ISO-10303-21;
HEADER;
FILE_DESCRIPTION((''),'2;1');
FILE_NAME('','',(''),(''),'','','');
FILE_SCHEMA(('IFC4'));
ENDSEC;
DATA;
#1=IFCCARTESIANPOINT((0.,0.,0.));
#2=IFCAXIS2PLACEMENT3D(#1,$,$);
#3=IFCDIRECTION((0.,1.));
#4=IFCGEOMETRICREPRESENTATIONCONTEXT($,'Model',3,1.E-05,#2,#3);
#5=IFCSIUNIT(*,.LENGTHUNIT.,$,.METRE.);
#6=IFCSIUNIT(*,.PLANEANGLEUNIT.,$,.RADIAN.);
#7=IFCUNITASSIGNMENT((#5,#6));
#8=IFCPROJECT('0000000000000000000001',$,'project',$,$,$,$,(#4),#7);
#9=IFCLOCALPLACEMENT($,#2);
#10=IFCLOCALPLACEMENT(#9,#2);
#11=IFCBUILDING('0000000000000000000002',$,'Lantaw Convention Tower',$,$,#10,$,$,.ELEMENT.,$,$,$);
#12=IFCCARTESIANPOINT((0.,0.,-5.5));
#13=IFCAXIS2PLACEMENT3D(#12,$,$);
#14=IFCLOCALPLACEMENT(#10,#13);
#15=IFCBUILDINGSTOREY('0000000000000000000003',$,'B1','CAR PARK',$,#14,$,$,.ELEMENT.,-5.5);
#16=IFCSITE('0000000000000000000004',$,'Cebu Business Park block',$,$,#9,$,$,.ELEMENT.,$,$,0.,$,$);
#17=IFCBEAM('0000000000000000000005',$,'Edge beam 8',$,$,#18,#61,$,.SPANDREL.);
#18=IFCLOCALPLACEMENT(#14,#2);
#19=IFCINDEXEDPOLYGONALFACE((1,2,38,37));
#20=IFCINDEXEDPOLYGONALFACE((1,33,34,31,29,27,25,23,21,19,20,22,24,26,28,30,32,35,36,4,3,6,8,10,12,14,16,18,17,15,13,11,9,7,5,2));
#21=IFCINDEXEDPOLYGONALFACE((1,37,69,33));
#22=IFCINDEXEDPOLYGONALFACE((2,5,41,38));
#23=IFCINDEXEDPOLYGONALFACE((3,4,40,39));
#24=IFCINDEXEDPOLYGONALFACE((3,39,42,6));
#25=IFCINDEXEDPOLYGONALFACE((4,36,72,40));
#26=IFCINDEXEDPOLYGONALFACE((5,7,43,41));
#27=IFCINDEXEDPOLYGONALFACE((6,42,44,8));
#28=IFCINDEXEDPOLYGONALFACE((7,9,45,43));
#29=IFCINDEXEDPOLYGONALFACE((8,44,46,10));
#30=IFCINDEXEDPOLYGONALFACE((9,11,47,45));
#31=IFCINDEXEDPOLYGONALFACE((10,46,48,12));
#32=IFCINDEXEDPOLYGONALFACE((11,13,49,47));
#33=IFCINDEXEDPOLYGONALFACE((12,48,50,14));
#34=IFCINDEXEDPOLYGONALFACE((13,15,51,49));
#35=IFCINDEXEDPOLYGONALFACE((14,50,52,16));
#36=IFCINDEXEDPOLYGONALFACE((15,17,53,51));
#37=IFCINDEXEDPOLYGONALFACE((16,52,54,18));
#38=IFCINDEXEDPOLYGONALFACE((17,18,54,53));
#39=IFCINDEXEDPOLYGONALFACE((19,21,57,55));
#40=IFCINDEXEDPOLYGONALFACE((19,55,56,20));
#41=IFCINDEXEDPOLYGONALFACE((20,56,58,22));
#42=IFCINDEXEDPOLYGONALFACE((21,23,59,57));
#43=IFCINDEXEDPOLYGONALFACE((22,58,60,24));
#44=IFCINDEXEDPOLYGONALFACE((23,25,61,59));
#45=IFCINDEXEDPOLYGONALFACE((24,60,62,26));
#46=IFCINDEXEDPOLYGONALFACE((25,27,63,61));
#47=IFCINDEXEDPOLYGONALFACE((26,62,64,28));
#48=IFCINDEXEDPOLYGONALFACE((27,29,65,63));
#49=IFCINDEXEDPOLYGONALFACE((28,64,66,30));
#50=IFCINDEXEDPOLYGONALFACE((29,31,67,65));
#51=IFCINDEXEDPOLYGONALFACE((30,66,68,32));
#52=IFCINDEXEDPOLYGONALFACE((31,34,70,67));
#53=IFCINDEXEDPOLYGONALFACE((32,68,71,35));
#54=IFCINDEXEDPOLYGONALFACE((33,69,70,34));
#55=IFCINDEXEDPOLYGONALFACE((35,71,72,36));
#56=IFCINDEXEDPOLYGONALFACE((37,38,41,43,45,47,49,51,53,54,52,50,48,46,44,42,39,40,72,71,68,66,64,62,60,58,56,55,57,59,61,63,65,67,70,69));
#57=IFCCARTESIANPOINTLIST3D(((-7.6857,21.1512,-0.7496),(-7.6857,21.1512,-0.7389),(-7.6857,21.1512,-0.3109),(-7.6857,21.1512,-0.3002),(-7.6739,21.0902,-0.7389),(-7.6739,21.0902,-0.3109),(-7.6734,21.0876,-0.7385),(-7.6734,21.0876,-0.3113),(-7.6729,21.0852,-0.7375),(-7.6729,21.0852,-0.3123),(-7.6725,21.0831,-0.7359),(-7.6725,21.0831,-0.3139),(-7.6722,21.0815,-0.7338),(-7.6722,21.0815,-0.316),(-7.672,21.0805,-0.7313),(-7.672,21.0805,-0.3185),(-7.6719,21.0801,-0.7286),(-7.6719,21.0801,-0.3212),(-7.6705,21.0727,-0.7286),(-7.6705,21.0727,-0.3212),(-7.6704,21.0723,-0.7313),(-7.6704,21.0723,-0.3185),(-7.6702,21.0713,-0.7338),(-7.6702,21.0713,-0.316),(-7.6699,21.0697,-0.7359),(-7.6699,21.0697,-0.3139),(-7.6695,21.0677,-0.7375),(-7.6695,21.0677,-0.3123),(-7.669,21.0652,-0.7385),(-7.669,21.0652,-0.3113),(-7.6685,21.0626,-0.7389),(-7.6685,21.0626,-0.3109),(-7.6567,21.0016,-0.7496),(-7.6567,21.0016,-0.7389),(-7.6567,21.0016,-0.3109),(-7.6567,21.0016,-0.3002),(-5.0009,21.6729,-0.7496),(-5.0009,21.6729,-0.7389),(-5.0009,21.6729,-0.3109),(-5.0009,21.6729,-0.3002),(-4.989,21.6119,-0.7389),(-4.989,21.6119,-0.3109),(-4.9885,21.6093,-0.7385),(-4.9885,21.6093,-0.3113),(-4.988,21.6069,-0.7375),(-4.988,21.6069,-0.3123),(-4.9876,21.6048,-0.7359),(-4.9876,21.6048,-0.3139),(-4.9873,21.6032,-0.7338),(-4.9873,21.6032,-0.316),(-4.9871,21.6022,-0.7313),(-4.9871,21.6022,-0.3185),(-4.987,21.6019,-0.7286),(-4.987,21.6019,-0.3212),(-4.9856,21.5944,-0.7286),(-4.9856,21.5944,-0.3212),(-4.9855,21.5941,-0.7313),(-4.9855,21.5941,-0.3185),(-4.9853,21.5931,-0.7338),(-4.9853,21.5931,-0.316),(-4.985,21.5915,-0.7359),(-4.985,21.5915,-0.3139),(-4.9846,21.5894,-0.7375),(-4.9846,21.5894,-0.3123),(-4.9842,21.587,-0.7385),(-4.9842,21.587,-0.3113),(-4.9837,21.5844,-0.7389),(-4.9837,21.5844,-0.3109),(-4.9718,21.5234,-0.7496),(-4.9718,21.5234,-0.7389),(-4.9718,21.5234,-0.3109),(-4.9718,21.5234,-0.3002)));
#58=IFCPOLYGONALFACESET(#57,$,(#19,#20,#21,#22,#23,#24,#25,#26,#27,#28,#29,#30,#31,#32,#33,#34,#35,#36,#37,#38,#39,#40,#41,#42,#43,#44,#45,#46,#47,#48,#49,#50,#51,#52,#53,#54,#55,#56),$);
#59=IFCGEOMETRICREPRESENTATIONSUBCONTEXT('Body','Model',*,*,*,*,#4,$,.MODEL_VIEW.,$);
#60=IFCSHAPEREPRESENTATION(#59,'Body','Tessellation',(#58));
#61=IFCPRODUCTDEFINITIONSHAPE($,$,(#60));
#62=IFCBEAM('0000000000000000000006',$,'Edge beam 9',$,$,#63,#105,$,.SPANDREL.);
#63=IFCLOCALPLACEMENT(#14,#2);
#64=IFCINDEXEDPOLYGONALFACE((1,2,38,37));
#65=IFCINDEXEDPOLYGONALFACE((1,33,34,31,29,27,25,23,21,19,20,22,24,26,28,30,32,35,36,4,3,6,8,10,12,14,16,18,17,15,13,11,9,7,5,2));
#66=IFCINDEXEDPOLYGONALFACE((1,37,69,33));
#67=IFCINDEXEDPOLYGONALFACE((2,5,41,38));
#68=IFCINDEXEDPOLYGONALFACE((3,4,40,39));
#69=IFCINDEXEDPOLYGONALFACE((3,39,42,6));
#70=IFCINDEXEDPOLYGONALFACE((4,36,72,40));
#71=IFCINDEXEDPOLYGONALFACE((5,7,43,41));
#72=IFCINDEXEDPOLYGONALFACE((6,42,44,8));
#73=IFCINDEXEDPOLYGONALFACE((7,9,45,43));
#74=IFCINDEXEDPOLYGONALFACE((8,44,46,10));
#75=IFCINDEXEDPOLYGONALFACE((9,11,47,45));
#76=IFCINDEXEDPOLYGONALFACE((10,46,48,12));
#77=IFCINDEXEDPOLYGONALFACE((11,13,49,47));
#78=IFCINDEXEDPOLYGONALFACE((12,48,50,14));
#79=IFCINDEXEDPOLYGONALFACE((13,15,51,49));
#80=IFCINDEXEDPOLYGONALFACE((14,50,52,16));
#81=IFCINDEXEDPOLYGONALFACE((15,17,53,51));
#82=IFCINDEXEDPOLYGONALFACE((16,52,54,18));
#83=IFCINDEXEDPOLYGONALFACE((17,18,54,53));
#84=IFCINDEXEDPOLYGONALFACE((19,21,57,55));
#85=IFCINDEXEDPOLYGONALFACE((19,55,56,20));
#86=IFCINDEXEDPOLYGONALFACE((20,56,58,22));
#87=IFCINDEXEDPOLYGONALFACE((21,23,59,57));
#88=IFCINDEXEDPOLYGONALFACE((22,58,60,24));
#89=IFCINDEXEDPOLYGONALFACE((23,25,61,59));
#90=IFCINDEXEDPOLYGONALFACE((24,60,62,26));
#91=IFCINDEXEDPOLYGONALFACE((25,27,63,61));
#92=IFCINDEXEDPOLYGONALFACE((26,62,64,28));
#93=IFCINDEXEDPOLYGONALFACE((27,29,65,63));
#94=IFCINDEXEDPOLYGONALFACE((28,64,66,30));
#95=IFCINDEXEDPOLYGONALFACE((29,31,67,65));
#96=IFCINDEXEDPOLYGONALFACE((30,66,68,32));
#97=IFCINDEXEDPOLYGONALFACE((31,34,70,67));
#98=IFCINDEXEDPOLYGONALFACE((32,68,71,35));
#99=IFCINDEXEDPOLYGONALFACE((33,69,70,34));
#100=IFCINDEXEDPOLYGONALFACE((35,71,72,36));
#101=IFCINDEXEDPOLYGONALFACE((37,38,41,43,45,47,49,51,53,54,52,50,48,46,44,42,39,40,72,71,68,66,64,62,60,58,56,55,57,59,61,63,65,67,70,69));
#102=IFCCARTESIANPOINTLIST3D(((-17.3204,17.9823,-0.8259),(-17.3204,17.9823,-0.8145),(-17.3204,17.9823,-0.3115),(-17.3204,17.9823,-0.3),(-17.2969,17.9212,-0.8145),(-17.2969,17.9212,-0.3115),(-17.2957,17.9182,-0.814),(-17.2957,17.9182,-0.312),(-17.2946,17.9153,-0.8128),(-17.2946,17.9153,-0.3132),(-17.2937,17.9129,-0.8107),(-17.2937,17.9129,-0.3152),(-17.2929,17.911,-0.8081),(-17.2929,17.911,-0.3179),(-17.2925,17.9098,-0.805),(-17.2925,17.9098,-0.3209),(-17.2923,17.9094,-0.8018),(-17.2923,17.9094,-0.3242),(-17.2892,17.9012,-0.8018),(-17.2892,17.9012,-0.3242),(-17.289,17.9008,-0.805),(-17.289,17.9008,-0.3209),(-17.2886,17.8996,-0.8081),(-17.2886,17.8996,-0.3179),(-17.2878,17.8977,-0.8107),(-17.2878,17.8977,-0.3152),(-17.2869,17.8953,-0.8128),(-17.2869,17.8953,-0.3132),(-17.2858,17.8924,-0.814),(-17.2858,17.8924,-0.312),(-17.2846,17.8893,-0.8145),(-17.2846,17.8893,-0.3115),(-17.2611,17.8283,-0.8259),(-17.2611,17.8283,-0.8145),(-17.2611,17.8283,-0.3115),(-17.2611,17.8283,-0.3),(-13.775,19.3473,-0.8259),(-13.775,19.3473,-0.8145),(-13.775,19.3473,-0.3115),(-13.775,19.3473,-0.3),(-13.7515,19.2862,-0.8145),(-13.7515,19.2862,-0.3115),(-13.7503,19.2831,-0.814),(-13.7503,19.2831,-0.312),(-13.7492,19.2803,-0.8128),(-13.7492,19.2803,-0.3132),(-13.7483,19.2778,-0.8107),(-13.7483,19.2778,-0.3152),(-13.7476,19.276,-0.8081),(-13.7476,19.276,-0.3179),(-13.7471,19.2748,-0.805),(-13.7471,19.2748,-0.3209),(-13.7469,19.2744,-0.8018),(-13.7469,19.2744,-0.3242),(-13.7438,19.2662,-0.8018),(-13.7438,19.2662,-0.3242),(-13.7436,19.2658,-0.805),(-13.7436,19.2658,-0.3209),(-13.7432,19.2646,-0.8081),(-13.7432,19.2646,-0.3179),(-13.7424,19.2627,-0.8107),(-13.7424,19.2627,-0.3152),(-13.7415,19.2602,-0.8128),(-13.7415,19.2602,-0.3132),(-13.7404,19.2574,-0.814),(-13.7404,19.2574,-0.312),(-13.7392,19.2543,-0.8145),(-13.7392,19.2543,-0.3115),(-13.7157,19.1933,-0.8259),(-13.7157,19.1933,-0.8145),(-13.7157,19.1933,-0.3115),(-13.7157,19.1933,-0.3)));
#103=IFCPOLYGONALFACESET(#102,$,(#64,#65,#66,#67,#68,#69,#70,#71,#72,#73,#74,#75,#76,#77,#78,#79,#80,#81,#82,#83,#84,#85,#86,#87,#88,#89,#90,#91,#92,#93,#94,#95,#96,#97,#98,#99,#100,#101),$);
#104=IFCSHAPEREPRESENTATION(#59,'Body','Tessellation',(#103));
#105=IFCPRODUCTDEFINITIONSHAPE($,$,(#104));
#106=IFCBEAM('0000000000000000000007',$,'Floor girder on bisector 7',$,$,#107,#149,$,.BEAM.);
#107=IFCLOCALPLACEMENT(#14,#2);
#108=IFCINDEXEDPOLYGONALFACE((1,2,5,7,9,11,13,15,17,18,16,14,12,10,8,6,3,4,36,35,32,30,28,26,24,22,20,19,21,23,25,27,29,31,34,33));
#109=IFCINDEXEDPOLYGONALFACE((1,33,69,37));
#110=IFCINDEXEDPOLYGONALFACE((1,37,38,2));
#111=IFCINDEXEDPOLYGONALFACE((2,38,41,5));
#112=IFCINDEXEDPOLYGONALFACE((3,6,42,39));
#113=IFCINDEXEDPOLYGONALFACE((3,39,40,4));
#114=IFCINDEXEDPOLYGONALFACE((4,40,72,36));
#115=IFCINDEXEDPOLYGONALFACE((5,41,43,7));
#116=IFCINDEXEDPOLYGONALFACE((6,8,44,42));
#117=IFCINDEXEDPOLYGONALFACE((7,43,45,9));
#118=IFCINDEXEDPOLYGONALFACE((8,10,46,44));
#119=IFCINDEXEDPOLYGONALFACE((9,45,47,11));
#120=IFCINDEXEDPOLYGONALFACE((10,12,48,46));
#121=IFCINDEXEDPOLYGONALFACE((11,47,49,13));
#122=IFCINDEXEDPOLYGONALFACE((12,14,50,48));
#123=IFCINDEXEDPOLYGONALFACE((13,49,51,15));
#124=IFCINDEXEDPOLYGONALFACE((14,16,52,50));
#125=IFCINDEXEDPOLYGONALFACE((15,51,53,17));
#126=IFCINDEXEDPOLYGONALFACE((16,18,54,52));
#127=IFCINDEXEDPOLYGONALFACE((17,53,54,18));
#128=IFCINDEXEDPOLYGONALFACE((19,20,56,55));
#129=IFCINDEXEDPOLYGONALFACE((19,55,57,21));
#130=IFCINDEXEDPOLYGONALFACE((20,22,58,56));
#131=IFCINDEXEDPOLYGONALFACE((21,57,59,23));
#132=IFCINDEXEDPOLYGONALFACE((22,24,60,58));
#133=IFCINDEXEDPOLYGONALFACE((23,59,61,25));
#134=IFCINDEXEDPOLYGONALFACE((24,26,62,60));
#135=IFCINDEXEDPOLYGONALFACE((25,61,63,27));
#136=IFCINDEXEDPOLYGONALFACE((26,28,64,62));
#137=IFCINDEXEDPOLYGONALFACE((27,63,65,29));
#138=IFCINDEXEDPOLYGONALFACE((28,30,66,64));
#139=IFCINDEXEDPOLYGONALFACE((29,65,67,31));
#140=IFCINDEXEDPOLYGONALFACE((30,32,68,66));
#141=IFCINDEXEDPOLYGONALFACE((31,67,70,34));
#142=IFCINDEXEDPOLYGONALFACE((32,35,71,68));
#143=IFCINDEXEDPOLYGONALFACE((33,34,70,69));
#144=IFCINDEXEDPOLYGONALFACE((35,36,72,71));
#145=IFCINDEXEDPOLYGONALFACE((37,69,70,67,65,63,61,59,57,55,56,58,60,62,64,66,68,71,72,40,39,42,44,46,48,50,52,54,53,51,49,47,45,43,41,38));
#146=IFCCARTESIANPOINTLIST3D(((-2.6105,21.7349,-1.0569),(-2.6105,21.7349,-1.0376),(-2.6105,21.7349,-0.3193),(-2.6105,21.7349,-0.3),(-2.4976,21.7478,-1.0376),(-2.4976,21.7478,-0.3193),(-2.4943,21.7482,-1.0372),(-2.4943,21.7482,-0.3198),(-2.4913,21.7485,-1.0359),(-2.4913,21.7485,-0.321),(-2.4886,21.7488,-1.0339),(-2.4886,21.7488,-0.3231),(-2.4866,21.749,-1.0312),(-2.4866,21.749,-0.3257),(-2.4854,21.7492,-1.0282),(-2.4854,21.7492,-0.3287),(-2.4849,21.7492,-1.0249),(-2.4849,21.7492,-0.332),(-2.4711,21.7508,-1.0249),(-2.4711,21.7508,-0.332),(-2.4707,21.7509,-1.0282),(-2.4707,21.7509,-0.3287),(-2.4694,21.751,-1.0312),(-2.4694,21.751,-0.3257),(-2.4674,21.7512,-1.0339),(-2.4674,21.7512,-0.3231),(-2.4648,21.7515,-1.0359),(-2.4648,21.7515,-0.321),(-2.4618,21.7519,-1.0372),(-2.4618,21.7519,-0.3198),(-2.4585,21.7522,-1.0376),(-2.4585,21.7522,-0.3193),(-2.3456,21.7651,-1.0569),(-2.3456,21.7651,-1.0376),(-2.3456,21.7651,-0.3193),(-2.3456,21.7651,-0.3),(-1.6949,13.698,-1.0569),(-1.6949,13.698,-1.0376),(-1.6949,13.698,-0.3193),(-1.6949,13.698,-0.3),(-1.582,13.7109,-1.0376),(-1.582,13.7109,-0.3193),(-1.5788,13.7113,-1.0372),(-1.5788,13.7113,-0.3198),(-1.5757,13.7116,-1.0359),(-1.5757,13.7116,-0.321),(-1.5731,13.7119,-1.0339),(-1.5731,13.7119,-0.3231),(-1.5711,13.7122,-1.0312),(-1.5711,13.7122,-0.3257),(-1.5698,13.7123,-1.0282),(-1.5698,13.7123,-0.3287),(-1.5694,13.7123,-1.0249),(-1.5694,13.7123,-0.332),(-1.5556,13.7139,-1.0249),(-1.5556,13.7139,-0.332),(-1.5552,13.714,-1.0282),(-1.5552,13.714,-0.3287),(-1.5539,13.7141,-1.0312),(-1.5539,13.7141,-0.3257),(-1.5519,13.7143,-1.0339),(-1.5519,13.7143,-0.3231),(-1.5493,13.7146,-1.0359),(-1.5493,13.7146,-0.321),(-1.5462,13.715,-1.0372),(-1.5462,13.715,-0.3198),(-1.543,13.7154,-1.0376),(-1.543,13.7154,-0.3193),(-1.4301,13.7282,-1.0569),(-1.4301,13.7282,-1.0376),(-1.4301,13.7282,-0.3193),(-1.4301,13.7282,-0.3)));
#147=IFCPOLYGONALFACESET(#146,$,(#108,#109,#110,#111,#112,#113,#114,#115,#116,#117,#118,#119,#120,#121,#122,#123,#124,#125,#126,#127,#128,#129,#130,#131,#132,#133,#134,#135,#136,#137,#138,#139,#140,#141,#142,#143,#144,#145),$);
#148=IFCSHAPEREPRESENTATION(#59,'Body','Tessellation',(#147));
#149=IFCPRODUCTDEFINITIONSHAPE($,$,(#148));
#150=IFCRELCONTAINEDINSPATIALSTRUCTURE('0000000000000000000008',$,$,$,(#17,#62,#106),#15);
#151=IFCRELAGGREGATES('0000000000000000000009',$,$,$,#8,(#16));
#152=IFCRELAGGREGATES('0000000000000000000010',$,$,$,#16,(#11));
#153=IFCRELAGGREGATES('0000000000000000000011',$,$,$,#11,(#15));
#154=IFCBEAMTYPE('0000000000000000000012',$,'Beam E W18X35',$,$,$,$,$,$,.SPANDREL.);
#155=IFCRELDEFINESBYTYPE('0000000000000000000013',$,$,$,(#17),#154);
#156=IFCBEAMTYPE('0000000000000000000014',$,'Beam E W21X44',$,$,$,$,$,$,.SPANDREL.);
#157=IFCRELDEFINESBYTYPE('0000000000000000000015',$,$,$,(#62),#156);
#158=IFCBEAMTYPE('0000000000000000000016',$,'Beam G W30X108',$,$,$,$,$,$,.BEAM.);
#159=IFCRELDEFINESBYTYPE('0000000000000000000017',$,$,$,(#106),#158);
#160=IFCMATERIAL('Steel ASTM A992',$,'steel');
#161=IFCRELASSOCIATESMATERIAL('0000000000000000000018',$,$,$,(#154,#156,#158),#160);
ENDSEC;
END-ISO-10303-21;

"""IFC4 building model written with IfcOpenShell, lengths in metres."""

from ifc_helpers import new_model, si_unit, direction, frame, origin, origin_2d, place, context, subcontext, project, spatial, i_section, extrude, material, material_profile, profile_set, type_object, element, save


model = new_model("IFC4")

# Units and contexts
model_context = context("Model", 3, precision=1e-05, world=origin(), true_north=direction((0.0, 1.0)))
body_context = subcontext(model_context, "Body", "Model", "MODEL_VIEW")
ifc_project = project(units=[si_unit("LENGTHUNIT", "METRE"), si_unit("PLANEANGLEUNIT", "RADIAN")], contexts=[model_context])

# Site, building, storey
site_placement = place(None, origin())
site = spatial("IfcSite", under=ifc_project, at=site_placement, Name="Cebu Business Park block", CompositionType="ELEMENT", RefElevation=0.0)
building_placement = place(site_placement, origin())
building = spatial("IfcBuilding", under=site, at=building_placement, Name="Lantaw Convention Tower", CompositionType="ELEMENT")
storey_placement = place(building_placement, frame((0.0, 0.0, -5.5)))
storey = spatial("IfcBuildingStorey", under=building, at=storey_placement, Name="B1", Description="CAR PARK", CompositionType="ELEMENT", Elevation=-5.5)

# Beams
ifc_material_1 = material(Name="Steel ASTM A992", Category="steel")
ifc_material_profile_1 = material_profile(ifc_material_1, i_section(OverallWidth=0.1523, OverallDepth=0.4495, WebThickness=0.0076, FlangeThickness=0.0107, FilletRadius=0.0103, at=origin_2d()), Name="W18X35")
ifc_profile_set_1 = profile_set([ifc_material_profile_1], Name="Steel ASTM A992")
beam_type_1 = type_object("IfcBeamType", Name="Beam E W18X35", PredefinedType="SPANDREL", material=ifc_profile_set_1)
beam_1_placement = place(storey_placement, frame((-4.9863, 21.5981, -0.5249), z_axis=(-0.981637, -0.190757, 0.0), x_axis=(0.190757, -0.981637, 0.0)))
element("IfcBeam", 1, at=beam_1_placement, inside=storey, type_object=beam_type_1, Name="Edge beam 8", PredefinedType="SPANDREL", context=body_context, shape_type="SweptSolid", body=[
    extrude(i_section(OverallWidth=0.1523, OverallDepth=0.4495, WebThickness=0.0076, FlangeThickness=0.0107, FilletRadius=0.0103, at=origin_2d()), origin(), (0.0, 0.0, 1.0), 2.7351),
])
ifc_material_profile_2 = material_profile(ifc_material_1, i_section(OverallWidth=0.165, OverallDepth=0.5259, WebThickness=0.0088, FlangeThickness=0.0115, FilletRadius=0.0127, at=origin_2d()), Name="W21X44")
ifc_profile_set_2 = profile_set([ifc_material_profile_2], Name="Steel ASTM A992")
beam_type_2 = type_object("IfcBeamType", Name="Beam E W21X44", PredefinedType="SPANDREL", material=ifc_profile_set_2)
beam_2_placement = place(storey_placement, frame((-13.7454, 19.2703, -0.563), z_axis=(-0.933225, -0.359293, 0.0), x_axis=(0.359293, -0.933225, 0.0)))
element("IfcBeam", 2, at=beam_2_placement, inside=storey, type_object=beam_type_2, Name="Edge beam 9", PredefinedType="SPANDREL", context=body_context, shape_type="SweptSolid", body=[
    extrude(i_section(OverallWidth=0.165, OverallDepth=0.5259, WebThickness=0.0088, FlangeThickness=0.0115, FilletRadius=0.0127, at=origin_2d()), origin(), (0.0, 0.0, 1.0), 3.7991),
])
ifc_material_profile_3 = material_profile(ifc_material_1, i_section(OverallWidth=0.2666, OverallDepth=0.7568, WebThickness=0.0139, FlangeThickness=0.0193, FilletRadius=0.0127, at=origin_2d()), Name="W30X108")
ifc_profile_set_3 = profile_set([ifc_material_profile_3], Name="Steel ASTM A992")
beam_type_3 = type_object("IfcBeamType", Name="Beam G W30X108", PredefinedType="BEAM", material=ifc_profile_set_3)
beam_3_placement = place(storey_placement, frame((-1.5625, 13.7131, -0.6785), z_axis=(-0.113184, 0.993574, 0.0), x_axis=(-0.993574, -0.113184, 0.0)))
element("IfcBeam", 3, at=beam_3_placement, inside=storey, type_object=beam_type_3, Name="Floor girder on bisector 7", PredefinedType="BEAM", context=body_context, shape_type="SweptSolid", body=[
    extrude(i_section(OverallWidth=0.2666, OverallDepth=0.7568, WebThickness=0.0139, FlangeThickness=0.0193, FilletRadius=0.0127, at=origin_2d()), origin(), (0.0, 0.0, 1.0), 8.0889),
])

save(model, "model.ifc")
